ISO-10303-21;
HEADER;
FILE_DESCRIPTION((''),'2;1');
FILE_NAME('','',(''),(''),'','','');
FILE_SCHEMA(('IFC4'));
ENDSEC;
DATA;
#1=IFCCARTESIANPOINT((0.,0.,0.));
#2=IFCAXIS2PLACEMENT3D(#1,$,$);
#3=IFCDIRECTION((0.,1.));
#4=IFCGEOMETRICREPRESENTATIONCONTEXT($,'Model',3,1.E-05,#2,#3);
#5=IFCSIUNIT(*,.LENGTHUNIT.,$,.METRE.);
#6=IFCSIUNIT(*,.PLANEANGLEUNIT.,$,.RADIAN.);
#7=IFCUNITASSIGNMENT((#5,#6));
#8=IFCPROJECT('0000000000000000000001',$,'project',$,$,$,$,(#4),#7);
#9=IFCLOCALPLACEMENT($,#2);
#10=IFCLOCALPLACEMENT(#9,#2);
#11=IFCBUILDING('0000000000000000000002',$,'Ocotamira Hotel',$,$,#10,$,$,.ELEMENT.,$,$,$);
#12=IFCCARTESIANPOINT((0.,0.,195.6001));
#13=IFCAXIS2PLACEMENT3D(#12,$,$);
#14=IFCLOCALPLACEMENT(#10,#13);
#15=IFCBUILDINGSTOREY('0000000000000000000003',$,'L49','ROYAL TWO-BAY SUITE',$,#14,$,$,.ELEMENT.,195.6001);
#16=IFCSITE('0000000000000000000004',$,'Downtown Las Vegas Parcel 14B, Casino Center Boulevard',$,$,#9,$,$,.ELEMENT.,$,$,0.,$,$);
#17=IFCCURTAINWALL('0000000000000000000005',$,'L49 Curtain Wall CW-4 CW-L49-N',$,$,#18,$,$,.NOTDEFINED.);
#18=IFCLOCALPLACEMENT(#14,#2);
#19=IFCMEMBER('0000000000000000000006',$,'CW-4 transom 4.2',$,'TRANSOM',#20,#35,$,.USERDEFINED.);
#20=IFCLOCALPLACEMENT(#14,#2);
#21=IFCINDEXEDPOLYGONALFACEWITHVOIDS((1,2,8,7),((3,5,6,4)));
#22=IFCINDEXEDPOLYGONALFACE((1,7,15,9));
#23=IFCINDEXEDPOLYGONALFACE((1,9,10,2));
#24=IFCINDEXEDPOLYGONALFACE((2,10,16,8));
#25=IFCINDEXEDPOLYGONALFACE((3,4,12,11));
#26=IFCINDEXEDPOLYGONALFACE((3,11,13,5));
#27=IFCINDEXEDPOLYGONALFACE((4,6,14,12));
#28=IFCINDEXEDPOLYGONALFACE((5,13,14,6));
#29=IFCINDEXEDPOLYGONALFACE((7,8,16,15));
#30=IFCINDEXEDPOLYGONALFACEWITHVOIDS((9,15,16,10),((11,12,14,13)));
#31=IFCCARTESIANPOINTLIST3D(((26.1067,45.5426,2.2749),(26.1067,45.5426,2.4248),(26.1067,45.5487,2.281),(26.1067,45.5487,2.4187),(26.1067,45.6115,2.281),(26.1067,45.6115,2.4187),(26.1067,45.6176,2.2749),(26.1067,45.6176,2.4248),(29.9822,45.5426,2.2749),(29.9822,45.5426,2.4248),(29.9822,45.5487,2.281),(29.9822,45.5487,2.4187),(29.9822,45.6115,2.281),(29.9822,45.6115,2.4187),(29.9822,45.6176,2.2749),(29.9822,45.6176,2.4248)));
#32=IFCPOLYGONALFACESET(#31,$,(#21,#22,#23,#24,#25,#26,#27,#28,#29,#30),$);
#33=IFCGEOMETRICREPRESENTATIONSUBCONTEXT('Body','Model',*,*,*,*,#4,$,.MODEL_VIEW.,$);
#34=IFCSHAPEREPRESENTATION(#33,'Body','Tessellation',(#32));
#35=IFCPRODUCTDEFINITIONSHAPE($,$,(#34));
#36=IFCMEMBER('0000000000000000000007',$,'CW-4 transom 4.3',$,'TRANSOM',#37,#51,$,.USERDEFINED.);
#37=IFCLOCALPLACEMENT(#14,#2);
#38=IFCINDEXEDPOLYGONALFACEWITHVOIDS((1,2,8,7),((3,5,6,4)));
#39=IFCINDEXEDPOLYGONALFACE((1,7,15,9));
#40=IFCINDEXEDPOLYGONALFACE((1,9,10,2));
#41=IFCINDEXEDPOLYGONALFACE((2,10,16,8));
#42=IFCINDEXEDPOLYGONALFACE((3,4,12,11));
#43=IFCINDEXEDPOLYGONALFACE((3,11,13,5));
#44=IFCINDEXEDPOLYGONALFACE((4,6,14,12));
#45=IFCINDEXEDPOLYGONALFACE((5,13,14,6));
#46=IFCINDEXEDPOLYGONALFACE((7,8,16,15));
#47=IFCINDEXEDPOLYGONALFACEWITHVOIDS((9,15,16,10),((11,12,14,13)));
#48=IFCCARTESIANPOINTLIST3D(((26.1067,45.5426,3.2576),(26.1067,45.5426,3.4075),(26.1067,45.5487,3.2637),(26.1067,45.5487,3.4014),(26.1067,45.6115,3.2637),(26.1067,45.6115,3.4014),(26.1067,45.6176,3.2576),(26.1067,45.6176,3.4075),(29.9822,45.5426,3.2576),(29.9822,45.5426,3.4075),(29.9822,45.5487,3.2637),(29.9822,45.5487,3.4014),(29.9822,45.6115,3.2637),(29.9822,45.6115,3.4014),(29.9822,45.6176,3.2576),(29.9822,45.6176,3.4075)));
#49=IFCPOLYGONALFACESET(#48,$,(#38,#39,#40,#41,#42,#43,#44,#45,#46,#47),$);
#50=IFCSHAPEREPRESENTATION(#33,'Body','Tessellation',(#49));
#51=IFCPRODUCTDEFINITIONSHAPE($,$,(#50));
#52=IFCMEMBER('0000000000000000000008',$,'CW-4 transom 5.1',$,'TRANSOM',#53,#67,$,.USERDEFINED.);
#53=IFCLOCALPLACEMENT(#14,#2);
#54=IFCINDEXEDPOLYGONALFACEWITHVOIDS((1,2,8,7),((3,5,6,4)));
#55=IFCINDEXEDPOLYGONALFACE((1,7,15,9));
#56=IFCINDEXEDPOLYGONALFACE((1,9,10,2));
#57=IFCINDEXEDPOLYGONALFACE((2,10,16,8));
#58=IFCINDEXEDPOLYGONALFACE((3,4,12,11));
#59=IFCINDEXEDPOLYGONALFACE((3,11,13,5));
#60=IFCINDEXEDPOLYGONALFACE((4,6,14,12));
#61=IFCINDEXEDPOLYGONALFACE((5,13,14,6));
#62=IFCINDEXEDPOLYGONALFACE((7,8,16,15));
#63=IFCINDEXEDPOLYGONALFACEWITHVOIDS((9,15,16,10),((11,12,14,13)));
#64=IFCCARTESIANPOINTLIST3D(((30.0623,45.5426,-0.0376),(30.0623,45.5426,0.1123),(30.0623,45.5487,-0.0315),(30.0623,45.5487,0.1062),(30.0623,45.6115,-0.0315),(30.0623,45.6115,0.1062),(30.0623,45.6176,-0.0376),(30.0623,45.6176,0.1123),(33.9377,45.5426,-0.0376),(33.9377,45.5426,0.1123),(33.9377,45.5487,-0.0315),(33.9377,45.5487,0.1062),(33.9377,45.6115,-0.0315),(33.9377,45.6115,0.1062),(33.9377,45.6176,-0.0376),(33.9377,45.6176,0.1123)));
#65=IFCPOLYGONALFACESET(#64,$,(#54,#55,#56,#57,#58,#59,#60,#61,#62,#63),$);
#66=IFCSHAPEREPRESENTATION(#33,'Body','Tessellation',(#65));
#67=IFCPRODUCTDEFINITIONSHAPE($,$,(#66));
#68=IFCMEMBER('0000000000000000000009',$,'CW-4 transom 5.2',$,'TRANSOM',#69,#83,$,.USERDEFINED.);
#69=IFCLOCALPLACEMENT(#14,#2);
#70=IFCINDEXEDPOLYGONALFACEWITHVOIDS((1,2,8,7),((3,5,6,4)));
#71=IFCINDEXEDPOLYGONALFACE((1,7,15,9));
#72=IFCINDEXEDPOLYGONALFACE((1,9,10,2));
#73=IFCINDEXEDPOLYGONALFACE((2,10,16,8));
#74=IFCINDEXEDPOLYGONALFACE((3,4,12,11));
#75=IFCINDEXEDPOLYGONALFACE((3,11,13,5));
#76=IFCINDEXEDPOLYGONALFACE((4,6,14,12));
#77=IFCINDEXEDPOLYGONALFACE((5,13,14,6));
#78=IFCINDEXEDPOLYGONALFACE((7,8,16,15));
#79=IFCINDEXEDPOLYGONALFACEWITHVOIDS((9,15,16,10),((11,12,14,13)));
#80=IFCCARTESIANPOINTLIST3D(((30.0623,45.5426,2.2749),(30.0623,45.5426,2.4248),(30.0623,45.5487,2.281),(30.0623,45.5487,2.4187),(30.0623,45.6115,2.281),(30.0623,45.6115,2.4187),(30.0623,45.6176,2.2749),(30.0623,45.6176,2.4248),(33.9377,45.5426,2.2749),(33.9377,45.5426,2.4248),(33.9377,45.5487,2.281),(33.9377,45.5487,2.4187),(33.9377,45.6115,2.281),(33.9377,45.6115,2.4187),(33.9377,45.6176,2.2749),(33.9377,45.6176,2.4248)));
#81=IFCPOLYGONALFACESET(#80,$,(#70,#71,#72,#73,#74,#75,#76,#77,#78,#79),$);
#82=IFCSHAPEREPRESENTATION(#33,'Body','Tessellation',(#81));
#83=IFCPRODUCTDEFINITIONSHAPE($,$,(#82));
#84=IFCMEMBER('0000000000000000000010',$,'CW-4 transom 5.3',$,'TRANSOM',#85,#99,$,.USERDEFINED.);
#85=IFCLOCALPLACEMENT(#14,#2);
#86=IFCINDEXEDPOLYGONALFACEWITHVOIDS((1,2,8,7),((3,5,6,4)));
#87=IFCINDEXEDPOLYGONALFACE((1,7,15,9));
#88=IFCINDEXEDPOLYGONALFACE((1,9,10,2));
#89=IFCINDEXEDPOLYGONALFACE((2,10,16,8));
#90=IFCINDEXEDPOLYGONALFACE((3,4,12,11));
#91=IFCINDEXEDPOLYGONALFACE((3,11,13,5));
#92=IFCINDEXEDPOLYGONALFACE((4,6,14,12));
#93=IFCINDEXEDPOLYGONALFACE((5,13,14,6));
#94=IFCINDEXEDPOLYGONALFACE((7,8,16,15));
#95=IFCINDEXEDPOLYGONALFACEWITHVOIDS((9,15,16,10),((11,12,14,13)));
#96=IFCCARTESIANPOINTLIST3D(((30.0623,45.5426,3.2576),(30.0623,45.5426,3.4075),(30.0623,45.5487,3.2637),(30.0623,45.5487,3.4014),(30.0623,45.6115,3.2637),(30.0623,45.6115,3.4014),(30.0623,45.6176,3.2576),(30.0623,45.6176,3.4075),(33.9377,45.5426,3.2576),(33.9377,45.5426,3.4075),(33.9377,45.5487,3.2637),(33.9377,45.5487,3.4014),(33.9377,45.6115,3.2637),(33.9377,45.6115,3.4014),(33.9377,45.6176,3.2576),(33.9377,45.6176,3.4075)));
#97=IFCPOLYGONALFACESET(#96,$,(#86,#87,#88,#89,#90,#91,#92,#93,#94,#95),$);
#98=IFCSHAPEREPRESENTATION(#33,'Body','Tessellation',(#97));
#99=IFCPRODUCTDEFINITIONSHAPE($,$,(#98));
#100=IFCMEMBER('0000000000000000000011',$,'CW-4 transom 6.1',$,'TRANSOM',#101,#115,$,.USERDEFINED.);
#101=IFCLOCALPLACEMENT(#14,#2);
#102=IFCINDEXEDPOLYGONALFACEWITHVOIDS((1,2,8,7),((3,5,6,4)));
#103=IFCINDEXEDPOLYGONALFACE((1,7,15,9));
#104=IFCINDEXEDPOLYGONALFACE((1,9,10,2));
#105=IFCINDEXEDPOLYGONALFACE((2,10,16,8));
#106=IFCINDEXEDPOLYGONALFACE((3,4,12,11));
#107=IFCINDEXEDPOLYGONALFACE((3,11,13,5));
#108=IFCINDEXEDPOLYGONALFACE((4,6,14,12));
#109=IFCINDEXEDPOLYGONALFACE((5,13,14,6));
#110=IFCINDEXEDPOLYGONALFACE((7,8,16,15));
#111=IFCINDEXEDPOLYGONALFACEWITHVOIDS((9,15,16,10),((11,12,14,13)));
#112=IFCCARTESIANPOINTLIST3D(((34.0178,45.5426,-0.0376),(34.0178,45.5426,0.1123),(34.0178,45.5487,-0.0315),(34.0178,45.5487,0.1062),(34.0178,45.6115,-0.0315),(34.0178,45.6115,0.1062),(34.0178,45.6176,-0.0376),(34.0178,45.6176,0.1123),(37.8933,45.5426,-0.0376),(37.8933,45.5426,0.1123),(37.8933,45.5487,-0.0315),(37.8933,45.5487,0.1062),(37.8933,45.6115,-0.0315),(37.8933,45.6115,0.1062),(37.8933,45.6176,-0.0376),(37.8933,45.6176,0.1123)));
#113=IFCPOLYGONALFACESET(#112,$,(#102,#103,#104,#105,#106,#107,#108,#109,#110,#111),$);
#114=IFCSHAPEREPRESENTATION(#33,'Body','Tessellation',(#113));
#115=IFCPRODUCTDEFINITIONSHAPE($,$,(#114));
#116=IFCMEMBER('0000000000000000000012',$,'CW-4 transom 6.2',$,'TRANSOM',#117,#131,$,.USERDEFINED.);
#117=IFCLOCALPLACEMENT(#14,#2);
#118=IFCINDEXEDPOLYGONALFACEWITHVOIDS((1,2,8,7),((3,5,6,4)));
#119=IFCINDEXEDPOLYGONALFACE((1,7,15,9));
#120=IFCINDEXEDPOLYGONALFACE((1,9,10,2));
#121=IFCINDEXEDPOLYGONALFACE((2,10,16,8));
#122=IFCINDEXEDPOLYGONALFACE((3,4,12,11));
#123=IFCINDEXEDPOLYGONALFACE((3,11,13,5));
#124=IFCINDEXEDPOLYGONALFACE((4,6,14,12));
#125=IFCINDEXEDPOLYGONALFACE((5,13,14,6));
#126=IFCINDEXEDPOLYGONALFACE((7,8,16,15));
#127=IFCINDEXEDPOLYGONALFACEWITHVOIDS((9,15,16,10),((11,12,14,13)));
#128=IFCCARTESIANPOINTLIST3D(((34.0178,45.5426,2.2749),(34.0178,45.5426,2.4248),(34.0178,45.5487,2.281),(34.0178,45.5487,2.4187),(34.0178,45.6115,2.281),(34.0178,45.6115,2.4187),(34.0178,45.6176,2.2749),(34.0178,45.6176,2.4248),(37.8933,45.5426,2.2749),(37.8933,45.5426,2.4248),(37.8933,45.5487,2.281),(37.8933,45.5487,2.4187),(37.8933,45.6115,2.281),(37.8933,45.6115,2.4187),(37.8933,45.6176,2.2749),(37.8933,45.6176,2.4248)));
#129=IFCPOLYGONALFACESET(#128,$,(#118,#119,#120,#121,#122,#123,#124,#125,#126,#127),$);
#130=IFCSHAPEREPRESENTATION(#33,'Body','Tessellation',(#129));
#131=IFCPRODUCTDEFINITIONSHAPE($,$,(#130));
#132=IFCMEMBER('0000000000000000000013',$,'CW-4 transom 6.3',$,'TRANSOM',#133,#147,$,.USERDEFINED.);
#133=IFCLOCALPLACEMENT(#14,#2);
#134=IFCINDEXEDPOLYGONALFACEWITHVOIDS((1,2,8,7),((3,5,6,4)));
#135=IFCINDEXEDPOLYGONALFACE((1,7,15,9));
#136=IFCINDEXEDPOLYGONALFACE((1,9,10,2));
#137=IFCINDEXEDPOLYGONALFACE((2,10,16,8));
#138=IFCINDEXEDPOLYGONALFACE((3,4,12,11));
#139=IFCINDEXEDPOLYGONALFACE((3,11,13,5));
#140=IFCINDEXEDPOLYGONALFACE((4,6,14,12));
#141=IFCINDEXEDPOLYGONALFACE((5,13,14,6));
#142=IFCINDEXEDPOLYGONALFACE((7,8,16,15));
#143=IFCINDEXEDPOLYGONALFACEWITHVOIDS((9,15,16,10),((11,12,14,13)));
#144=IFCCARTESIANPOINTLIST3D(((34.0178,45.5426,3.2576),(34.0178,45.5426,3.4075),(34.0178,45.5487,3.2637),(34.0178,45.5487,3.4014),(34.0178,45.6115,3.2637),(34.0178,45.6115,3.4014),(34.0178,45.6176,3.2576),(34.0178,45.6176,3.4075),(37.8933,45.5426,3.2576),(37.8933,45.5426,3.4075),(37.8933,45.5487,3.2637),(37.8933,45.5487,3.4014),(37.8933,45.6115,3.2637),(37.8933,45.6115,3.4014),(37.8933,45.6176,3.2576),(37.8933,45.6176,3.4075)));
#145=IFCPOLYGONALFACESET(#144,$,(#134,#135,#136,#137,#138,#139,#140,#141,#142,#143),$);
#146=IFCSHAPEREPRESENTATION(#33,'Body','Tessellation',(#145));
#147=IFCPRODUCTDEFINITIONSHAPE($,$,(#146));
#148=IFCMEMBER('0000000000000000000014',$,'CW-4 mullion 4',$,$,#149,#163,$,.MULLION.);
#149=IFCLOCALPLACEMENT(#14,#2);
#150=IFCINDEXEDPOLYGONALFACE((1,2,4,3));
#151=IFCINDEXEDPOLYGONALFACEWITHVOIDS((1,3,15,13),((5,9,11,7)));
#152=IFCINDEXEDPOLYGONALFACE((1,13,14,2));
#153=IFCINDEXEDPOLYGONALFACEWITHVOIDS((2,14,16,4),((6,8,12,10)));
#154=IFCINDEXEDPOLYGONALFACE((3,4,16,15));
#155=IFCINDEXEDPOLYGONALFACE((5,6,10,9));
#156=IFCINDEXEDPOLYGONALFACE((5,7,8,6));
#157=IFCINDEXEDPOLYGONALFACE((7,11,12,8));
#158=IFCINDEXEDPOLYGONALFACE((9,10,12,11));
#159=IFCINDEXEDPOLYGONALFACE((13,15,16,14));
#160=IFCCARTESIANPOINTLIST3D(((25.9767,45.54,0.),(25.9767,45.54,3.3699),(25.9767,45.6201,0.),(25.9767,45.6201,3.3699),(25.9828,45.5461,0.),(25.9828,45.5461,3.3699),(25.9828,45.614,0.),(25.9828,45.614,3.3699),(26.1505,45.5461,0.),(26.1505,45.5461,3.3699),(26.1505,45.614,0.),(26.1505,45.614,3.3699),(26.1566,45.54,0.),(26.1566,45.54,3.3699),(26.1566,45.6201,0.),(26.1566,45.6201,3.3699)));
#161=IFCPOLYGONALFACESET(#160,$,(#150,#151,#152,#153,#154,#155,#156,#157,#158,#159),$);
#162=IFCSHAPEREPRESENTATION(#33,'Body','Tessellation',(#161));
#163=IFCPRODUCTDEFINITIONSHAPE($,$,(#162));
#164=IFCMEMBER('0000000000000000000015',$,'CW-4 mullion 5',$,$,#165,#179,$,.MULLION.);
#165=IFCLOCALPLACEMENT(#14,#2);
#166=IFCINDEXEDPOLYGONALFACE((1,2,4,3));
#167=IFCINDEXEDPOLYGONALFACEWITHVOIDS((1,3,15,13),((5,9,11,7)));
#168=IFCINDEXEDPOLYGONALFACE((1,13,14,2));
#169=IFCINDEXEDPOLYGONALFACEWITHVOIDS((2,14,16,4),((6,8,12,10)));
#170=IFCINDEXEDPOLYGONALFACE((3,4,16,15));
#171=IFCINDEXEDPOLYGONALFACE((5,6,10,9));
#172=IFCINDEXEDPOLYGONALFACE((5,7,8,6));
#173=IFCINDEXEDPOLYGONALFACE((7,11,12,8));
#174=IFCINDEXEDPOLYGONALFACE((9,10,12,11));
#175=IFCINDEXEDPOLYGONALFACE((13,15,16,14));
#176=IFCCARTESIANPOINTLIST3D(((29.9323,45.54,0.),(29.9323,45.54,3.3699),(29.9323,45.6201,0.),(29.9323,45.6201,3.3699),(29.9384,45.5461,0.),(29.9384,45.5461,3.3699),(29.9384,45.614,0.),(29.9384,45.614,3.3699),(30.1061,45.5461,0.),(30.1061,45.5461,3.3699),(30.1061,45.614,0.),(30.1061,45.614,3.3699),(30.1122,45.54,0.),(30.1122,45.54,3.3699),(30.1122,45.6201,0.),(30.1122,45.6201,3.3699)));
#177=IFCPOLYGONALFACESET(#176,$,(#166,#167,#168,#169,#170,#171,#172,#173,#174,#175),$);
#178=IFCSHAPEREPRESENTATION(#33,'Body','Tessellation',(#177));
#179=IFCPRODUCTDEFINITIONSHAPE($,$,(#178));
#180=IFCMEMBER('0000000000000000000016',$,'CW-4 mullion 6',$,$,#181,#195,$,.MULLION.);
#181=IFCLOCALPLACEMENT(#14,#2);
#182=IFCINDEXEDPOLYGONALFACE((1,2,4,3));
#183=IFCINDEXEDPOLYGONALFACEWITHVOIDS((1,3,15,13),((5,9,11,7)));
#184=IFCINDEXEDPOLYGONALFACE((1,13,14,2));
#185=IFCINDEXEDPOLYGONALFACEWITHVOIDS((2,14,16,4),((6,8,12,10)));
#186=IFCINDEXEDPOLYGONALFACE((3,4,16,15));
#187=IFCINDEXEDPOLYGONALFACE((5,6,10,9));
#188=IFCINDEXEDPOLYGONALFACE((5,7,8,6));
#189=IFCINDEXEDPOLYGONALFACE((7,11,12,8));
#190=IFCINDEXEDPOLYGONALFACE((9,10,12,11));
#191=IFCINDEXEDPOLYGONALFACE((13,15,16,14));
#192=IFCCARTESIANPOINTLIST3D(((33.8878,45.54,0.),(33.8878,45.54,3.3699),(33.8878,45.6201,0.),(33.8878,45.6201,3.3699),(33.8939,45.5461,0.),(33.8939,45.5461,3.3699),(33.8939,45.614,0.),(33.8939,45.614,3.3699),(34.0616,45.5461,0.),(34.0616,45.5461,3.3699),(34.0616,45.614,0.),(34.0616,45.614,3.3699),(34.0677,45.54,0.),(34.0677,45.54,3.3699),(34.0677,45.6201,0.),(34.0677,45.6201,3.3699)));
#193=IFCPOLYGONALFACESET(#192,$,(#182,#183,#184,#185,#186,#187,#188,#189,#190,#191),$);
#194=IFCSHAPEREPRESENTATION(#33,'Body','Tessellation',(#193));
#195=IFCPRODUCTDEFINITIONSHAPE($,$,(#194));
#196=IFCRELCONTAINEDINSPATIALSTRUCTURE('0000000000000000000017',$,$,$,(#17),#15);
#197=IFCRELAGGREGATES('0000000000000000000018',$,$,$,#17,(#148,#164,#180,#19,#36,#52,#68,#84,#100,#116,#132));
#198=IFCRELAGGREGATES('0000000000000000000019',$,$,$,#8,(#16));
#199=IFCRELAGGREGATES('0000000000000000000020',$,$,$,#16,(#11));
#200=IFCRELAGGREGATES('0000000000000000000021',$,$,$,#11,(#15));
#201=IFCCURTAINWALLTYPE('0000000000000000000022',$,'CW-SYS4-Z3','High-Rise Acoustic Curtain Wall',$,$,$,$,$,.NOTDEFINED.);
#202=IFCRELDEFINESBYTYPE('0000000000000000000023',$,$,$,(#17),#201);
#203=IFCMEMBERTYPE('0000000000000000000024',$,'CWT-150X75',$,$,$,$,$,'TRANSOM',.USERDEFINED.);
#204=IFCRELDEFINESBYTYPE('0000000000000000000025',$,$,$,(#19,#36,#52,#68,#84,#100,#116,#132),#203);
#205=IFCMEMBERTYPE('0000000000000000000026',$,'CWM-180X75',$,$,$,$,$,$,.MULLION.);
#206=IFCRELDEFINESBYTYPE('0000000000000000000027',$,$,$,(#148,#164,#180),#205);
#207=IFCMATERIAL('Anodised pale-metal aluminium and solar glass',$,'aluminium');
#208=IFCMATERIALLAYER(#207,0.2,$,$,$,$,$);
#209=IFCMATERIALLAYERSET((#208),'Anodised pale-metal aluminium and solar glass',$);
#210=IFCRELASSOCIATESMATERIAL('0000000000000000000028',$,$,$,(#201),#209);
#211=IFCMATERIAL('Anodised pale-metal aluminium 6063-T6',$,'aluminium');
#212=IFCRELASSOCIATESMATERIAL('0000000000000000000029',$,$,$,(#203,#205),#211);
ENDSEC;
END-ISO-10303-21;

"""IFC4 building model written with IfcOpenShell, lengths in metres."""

from ifc_helpers import new_model, si_unit, direction, frame, origin, origin_2d, place, context, subcontext, project, spatial, hollow_rectangle, extrude, source, transform, mapped, material, layer, layer_set, material_profile, profile_set, type_object, element, aggregate, save


model = new_model("IFC4")

# Units and contexts
model_context = context("Model", 3, precision=1e-05, world=origin(), true_north=direction((0.0, 1.0)))
body_context = subcontext(model_context, "Body", "Model", "MODEL_VIEW")
ifc_project = project(units=[si_unit("LENGTHUNIT", "METRE"), si_unit("PLANEANGLEUNIT", "RADIAN")], contexts=[model_context])

# Site, building, storey
site_placement = place(None, origin())
site = spatial("IfcSite", under=ifc_project, at=site_placement, Name="Downtown Las Vegas Parcel 14B, Casino Center Boulevard", CompositionType="ELEMENT", RefElevation=0.0)
building_placement = place(site_placement, origin())
building = spatial("IfcBuilding", under=site, at=building_placement, Name="Ocotamira Hotel", CompositionType="ELEMENT")
storey_placement = place(building_placement, frame((0.0, 0.0, 195.6001)))
storey = spatial("IfcBuildingStorey", under=building, at=storey_placement, Name="L49", Description="ROYAL TWO-BAY SUITE", CompositionType="ELEMENT", Elevation=195.6001)

# Curtain wall, members
ifc_material_1 = material(Name="Anodised pale-metal aluminium and solar glass", Category="aluminium")
ifc_layer_1 = layer(ifc_material_1, 0.2)
ifc_layer_set_1 = layer_set([ifc_layer_1], Name="Anodised pale-metal aluminium and solar glass")
curtain_wall_type = type_object("IfcCurtainWallType", Name="CW-SYS4-Z3", Description="High-Rise Acoustic Curtain Wall", PredefinedType="NOTDEFINED", material=ifc_layer_set_1)
curtain_wall_placement = place(storey_placement, origin())
curtain_wall = element("IfcCurtainWall", 1, at=curtain_wall_placement, inside=storey, type_object=curtain_wall_type, Name="L49 Curtain Wall CW-4 CW-L49-N", PredefinedType="NOTDEFINED")
ifc_material_2 = material(Name="Anodised pale-metal aluminium 6063-T6", Category="aluminium")
ifc_material_profile_1 = material_profile(ifc_material_2, hollow_rectangle(XDim=0.075, YDim=0.1499, WallThickness=0.0061, at=origin_2d()), Name="HSS150X75X6")
ifc_profile_set_1 = profile_set([ifc_material_profile_1], Name="Anodised pale-metal aluminium 6063-T6")
member_type_1 = type_object("IfcMemberType", Name="CWT-150X75", ElementType="TRANSOM", PredefinedType="USERDEFINED", material=ifc_profile_set_1)
shared_shape_1 = source(origin(), body_context, "Body", "SweptSolid", [
    extrude(hollow_rectangle(XDim=0.075, YDim=0.1499, WallThickness=0.0061, at=origin_2d()), origin(), (0.0, 0.0, 1.0), 3.8755),
])
member_1_placement = place(storey_placement, frame((26.1067, 45.5801, 2.3499), z_axis=(1.0, 0.0, 0.0), x_axis=(0.0, 1.0, 0.0)))
member_1 = element("IfcMember", 2, at=member_1_placement, type_object=member_type_1, Name="CW-4 transom 4.2", ObjectType="TRANSOM", PredefinedType="USERDEFINED", context=body_context, shape_type="MappedRepresentation", body=[
    mapped(shared_shape_1, transform((0.0, 0.0, 0.0), scale=1.0)),
])
member_2_placement = place(storey_placement, frame((26.1067, 45.5801, 3.3325), z_axis=(1.0, 0.0, 0.0), x_axis=(0.0, 1.0, 0.0)))
member_2 = element("IfcMember", 3, at=member_2_placement, type_object=member_type_1, Name="CW-4 transom 4.3", ObjectType="TRANSOM", PredefinedType="USERDEFINED", context=body_context, shape_type="MappedRepresentation", body=[
    mapped(shared_shape_1, transform((0.0, 0.0, 0.0), scale=1.0)),
])
member_3_placement = place(storey_placement, frame((30.0623, 45.5801, 0.0374), z_axis=(1.0, 0.0, 0.0), x_axis=(0.0, 1.0, 0.0)))
member_3 = element("IfcMember", 4, at=member_3_placement, type_object=member_type_1, Name="CW-4 transom 5.1", ObjectType="TRANSOM", PredefinedType="USERDEFINED", context=body_context, shape_type="MappedRepresentation", body=[
    mapped(shared_shape_1, transform((0.0, 0.0, 0.0), scale=1.0)),
])
member_4_placement = place(storey_placement, frame((30.0623, 45.5801, 2.3499), z_axis=(1.0, 0.0, 0.0), x_axis=(0.0, 1.0, 0.0)))
member_4 = element("IfcMember", 5, at=member_4_placement, type_object=member_type_1, Name="CW-4 transom 5.2", ObjectType="TRANSOM", PredefinedType="USERDEFINED", context=body_context, shape_type="MappedRepresentation", body=[
    mapped(shared_shape_1, transform((0.0, 0.0, 0.0), scale=1.0)),
])
member_5_placement = place(storey_placement, frame((30.0623, 45.5801, 3.3325), z_axis=(1.0, 0.0, 0.0), x_axis=(0.0, 1.0, 0.0)))
member_5 = element("IfcMember", 6, at=member_5_placement, type_object=member_type_1, Name="CW-4 transom 5.3", ObjectType="TRANSOM", PredefinedType="USERDEFINED", context=body_context, shape_type="MappedRepresentation", body=[
    mapped(shared_shape_1, transform((0.0, 0.0, 0.0), scale=1.0)),
])
member_6_placement = place(storey_placement, frame((34.0178, 45.5801, 0.0374), z_axis=(1.0, 0.0, 0.0), x_axis=(0.0, 1.0, 0.0)))
member_6 = element("IfcMember", 7, at=member_6_placement, type_object=member_type_1, Name="CW-4 transom 6.1", ObjectType="TRANSOM", PredefinedType="USERDEFINED", context=body_context, shape_type="MappedRepresentation", body=[
    mapped(shared_shape_1, transform((0.0, 0.0, 0.0), scale=1.0)),
])
member_7_placement = place(storey_placement, frame((34.0178, 45.5801, 2.3499), z_axis=(1.0, 0.0, 0.0), x_axis=(0.0, 1.0, 0.0)))
member_7 = element("IfcMember", 8, at=member_7_placement, type_object=member_type_1, Name="CW-4 transom 6.2", ObjectType="TRANSOM", PredefinedType="USERDEFINED", context=body_context, shape_type="MappedRepresentation", body=[
    mapped(shared_shape_1, transform((0.0, 0.0, 0.0), scale=1.0)),
])
member_8_placement = place(storey_placement, frame((34.0178, 45.5801, 3.3325), z_axis=(1.0, 0.0, 0.0), x_axis=(0.0, 1.0, 0.0)))
member_8 = element("IfcMember", 9, at=member_8_placement, type_object=member_type_1, Name="CW-4 transom 6.3", ObjectType="TRANSOM", PredefinedType="USERDEFINED", context=body_context, shape_type="MappedRepresentation", body=[
    mapped(shared_shape_1, transform((0.0, 0.0, 0.0), scale=1.0)),
])
ifc_material_profile_2 = material_profile(ifc_material_2, hollow_rectangle(XDim=0.0801, YDim=0.1799, WallThickness=0.0061, at=origin_2d()), Name="HSS180X80X6")
ifc_profile_set_2 = profile_set([ifc_material_profile_2], Name="Anodised pale-metal aluminium 6063-T6")
member_type_2 = type_object("IfcMemberType", Name="CWM-180X75", PredefinedType="MULLION", material=ifc_profile_set_2)
shared_shape_2 = source(origin(), body_context, "Body", "SweptSolid", [
    extrude(hollow_rectangle(XDim=0.0801, YDim=0.1799, WallThickness=0.0061, at=origin_2d()), origin(), (0.0, 0.0, 1.0), 3.3699),
])
member_9_placement = place(storey_placement, frame((26.0667, 45.5801, 0.0), z_axis=(0.0, 0.0, 1.0), x_axis=(0.0, 1.0, 0.0)))
member_9 = element("IfcMember", 10, at=member_9_placement, type_object=member_type_2, Name="CW-4 mullion 4", PredefinedType="MULLION", context=body_context, shape_type="MappedRepresentation", body=[
    mapped(shared_shape_2, transform((0.0, 0.0, 0.0), scale=1.0)),
])
member_10_placement = place(storey_placement, frame((30.0222, 45.5801, 0.0), z_axis=(0.0, 0.0, 1.0), x_axis=(0.0, 1.0, 0.0)))
member_10 = element("IfcMember", 11, at=member_10_placement, type_object=member_type_2, Name="CW-4 mullion 5", PredefinedType="MULLION", context=body_context, shape_type="MappedRepresentation", body=[
    mapped(shared_shape_2, transform((0.0, 0.0, 0.0), scale=1.0)),
])
member_11_placement = place(storey_placement, frame((33.9778, 45.5801, 0.0), z_axis=(0.0, 0.0, 1.0), x_axis=(0.0, 1.0, 0.0)))
member_11 = element("IfcMember", 12, at=member_11_placement, type_object=member_type_2, Name="CW-4 mullion 6", PredefinedType="MULLION", context=body_context, shape_type="MappedRepresentation", body=[
    mapped(shared_shape_2, transform((0.0, 0.0, 0.0), scale=1.0)),
])

aggregate(curtain_wall, [member_9, member_10, member_11, member_1, member_2, member_3, member_4, member_5, member_6, member_7, member_8])

save(model, "model.ifc")
